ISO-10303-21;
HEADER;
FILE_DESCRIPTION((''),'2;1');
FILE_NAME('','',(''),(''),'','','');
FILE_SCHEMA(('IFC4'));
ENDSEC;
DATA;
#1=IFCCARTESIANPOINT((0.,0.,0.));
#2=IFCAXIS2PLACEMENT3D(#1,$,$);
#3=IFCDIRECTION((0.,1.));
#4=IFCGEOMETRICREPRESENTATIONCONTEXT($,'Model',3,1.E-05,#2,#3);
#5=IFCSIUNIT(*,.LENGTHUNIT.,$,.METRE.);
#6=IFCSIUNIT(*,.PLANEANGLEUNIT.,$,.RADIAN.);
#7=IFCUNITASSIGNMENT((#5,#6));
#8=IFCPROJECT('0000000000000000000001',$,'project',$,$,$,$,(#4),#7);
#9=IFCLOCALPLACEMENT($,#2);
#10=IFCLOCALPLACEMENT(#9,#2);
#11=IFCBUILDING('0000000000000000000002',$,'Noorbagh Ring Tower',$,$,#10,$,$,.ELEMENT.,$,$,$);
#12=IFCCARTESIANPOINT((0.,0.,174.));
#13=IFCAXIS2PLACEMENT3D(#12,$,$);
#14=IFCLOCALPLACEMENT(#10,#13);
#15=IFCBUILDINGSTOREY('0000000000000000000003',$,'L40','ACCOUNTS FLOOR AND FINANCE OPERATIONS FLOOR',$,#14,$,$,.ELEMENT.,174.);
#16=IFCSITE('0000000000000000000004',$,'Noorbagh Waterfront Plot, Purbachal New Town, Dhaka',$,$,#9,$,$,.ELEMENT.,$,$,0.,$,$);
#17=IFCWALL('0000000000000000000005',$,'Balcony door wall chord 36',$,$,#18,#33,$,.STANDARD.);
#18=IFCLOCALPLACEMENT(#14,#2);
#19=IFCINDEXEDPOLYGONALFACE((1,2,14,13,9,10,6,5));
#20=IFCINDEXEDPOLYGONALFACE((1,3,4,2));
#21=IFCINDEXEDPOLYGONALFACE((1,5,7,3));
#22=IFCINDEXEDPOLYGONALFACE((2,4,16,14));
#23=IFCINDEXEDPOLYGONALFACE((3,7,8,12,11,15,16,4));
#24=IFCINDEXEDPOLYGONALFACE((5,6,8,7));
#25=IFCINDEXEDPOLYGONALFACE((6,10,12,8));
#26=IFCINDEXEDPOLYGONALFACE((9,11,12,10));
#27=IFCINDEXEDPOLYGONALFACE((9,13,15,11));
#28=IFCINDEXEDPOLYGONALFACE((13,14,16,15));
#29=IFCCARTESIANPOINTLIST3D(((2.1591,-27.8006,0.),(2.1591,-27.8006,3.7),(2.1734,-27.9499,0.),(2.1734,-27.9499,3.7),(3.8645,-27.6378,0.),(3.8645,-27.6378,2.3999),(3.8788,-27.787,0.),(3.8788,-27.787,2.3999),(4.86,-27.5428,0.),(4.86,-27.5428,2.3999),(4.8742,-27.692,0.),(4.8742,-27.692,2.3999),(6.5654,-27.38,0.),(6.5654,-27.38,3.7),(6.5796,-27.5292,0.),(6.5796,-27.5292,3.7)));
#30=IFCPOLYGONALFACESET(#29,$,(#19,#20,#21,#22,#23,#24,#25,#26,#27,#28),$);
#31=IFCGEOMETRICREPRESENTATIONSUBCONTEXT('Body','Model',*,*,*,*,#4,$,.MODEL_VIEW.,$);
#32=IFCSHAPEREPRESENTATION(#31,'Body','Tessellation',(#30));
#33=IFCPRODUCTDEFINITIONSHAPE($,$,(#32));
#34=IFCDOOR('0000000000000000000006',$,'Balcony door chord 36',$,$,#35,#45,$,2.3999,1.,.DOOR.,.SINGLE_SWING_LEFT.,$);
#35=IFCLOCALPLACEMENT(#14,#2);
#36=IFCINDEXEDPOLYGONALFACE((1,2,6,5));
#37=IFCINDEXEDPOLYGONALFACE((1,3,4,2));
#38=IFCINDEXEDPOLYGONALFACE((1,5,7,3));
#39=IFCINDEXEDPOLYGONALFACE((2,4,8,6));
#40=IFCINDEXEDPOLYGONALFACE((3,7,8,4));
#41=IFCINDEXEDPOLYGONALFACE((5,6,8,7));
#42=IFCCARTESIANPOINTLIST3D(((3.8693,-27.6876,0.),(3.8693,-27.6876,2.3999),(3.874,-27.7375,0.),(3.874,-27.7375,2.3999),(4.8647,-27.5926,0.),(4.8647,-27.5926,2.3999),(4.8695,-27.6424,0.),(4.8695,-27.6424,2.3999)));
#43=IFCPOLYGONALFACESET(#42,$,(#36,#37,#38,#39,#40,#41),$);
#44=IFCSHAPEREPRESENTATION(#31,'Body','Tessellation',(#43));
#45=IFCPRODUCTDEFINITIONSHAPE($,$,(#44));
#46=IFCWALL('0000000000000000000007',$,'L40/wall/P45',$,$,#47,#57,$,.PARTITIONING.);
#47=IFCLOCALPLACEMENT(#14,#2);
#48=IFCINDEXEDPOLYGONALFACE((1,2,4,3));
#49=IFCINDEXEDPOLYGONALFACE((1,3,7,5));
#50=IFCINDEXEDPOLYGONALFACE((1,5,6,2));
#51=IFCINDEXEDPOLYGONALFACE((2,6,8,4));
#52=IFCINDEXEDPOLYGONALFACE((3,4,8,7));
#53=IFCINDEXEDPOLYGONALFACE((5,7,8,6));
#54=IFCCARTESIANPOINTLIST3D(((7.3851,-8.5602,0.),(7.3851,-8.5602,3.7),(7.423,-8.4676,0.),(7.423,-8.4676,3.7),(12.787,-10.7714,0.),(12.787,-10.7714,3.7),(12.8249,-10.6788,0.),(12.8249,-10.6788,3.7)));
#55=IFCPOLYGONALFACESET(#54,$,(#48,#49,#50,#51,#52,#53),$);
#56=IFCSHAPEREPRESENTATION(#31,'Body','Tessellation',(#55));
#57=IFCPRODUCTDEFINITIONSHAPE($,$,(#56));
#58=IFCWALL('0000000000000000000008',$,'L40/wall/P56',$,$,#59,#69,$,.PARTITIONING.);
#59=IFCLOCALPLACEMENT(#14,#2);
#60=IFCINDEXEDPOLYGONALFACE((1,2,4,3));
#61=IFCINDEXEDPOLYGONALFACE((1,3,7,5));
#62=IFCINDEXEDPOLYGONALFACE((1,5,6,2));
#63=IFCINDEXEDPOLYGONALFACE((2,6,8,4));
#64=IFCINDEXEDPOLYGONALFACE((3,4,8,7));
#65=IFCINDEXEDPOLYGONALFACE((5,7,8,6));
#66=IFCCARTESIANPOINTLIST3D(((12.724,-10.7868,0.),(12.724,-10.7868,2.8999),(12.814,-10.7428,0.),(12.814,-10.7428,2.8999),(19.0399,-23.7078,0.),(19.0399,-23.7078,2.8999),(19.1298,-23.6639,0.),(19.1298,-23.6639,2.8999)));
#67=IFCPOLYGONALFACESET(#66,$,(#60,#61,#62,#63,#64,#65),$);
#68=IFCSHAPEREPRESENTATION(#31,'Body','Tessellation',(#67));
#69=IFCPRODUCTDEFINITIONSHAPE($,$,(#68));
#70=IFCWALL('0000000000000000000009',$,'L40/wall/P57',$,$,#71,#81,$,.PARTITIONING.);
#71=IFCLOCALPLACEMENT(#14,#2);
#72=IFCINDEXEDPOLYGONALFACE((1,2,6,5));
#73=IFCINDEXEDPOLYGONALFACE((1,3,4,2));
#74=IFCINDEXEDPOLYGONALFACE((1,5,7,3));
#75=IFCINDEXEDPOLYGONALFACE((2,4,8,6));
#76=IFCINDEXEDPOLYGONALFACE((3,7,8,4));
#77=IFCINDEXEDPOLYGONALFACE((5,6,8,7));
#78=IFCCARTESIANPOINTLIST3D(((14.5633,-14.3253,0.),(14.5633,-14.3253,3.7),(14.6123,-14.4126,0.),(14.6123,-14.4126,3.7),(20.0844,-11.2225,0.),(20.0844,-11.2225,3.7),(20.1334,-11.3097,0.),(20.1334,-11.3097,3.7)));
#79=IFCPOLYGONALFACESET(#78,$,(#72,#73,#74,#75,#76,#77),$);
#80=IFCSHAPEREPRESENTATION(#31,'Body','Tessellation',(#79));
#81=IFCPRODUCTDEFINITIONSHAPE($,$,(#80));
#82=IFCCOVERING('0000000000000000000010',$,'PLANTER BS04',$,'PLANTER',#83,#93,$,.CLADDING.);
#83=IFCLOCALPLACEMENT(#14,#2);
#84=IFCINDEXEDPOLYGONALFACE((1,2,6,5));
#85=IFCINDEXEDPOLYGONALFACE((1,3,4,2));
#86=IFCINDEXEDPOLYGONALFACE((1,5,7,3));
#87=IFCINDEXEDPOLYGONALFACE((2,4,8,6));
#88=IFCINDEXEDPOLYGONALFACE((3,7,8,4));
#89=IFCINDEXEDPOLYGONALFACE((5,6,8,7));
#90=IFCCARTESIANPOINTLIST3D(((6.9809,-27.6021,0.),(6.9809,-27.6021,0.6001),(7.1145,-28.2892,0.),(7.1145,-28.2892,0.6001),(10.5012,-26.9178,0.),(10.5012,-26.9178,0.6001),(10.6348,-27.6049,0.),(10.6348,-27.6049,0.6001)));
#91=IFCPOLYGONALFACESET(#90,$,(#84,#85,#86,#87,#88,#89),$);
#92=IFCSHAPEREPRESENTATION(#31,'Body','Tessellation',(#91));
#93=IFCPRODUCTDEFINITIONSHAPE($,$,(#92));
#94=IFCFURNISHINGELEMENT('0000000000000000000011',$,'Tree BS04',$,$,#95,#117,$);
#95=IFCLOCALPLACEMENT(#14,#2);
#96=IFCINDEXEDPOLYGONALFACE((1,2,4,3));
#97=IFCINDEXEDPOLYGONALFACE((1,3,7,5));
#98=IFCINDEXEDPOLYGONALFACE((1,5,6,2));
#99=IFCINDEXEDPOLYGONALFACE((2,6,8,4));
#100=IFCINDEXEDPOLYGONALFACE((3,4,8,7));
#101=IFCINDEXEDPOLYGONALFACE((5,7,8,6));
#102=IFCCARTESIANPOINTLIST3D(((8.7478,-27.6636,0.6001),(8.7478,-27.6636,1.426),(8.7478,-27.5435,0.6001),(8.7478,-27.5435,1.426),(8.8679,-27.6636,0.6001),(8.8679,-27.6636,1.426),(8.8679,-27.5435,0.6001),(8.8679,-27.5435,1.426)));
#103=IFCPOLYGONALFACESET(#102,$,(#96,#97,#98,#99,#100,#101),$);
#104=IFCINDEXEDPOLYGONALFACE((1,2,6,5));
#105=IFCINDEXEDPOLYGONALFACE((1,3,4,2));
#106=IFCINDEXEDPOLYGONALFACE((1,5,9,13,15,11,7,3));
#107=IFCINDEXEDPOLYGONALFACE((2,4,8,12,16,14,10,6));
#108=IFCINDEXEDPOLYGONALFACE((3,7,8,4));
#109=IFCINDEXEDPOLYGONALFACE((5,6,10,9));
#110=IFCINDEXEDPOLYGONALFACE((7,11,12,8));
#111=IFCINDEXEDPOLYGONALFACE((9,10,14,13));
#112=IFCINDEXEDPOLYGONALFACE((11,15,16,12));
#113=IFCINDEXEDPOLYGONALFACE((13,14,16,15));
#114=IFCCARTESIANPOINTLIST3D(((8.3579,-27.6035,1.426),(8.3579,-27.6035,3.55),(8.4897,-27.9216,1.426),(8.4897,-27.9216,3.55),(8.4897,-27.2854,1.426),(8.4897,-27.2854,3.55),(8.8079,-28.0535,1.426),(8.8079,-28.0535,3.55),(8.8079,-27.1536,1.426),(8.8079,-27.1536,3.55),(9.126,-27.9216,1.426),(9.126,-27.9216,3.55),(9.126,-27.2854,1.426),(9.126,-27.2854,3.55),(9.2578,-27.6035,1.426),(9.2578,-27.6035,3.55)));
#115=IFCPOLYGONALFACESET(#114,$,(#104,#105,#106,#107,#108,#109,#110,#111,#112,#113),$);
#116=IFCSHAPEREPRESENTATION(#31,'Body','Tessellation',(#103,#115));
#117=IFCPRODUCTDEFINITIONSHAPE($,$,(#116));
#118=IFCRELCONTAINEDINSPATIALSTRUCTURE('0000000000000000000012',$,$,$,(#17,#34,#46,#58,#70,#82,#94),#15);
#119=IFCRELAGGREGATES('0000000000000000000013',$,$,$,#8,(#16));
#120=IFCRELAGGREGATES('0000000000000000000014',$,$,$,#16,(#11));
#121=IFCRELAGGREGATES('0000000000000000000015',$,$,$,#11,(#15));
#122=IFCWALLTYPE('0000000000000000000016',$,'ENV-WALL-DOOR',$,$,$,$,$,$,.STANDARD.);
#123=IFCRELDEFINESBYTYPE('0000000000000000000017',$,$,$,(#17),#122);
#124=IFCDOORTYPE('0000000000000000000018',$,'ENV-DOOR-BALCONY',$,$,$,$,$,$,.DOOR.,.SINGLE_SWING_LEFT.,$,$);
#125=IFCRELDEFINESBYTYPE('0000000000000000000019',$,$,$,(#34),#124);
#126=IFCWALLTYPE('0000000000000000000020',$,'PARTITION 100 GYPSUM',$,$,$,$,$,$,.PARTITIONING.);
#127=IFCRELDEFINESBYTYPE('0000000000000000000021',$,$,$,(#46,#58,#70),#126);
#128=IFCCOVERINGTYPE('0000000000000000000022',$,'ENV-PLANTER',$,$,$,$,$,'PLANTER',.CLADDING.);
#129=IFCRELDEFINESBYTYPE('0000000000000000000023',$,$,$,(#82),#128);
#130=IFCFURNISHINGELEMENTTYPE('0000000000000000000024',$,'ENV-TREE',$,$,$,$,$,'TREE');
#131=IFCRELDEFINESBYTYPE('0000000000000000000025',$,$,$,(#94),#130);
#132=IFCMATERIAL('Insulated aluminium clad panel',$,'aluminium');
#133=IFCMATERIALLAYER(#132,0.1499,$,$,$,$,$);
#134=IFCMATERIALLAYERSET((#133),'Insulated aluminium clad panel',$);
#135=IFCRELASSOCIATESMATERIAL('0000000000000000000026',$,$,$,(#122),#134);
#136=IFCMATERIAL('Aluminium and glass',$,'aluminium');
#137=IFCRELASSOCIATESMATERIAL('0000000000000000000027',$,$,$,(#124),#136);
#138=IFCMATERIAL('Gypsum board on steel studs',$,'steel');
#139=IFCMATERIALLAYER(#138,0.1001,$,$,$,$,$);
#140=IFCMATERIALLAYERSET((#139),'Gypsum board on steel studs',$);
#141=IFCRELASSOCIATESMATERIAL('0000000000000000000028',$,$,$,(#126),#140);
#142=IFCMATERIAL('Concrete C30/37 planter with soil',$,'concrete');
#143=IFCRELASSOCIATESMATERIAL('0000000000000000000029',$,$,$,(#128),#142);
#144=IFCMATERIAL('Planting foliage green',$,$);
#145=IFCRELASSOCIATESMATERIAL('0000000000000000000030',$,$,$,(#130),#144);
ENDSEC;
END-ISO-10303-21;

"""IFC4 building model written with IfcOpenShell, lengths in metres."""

from ifc_helpers import new_model, si_unit, direction, frame, frame_2d, origin, origin_2d, place, context, subcontext, project, spatial, polyline, rectangle, outline, extrude, material, layer, layer_set, type_object, element, fill, save


model = new_model("IFC4")

# Units and contexts
model_context = context("Model", 3, precision=1e-05, world=origin(), true_north=direction((0.0, 1.0)))
body_context = subcontext(model_context, "Body", "Model", "MODEL_VIEW")
ifc_project = project(units=[si_unit("LENGTHUNIT", "METRE"), si_unit("PLANEANGLEUNIT", "RADIAN")], contexts=[model_context])

# Site, building, storey
site_placement = place(None, origin())
site = spatial("IfcSite", under=ifc_project, at=site_placement, Name="Noorbagh Waterfront Plot, Purbachal New Town, Dhaka", CompositionType="ELEMENT", RefElevation=0.0)
building_placement = place(site_placement, origin())
building = spatial("IfcBuilding", under=site, at=building_placement, Name="Noorbagh Ring Tower", CompositionType="ELEMENT")
storey_placement = place(building_placement, frame((0.0, 0.0, 174.0)))
storey = spatial("IfcBuildingStorey", under=building, at=storey_placement, Name="L40", Description="ACCOUNTS FLOOR AND FINANCE OPERATIONS FLOOR", CompositionType="ELEMENT", Elevation=174.0)

# Wall, opening, door
ifc_material_1 = material(Name="Insulated aluminium clad panel", Category="aluminium")
ifc_layer_1 = layer(ifc_material_1, 0.1499)
ifc_layer_set_1 = layer_set([ifc_layer_1], Name="Insulated aluminium clad panel")
wall_type_1 = type_object("IfcWallType", Name="ENV-WALL-DOOR", PredefinedType="STANDARD", material=ifc_layer_set_1)
wall_1_placement = place(storey_placement, frame((2.1663, -27.8752, 0.0), z_axis=(0.0, 0.0, 1.0), x_axis=(0.995474, 0.095036, 0.0)))
wall_1 = element("IfcWall", 1, at=wall_1_placement, inside=storey, type_object=wall_type_1, Name="Balcony door wall chord 36", PredefinedType="STANDARD", context=body_context, shape_type="SweptSolid", body=[
    extrude(rectangle(XDim=4.4263, YDim=0.1499, at=frame_2d((2.2131, 0.0))), origin(), (0.0, 0.0, 1.0), 3.7),
])
opening_placement = place(wall_1_placement, frame((1.7131, 0.0, 0.0)))
opening = element("IfcOpeningElement", 2, at=opening_placement, cuts=wall_1, PredefinedType="OPENING", context=body_context, shape_type="SweptSolid", body=[
    extrude(rectangle(XDim=1.0, YDim=2.3999, at=frame_2d((0.5, 1.2))), frame((0.0, 0.085, 0.0), z_axis=(0.0, -1.0, 0.0), x_axis=(1.0, 0.0, 0.0)), (0.0, 0.0, 1.0), 0.1699),
])
ifc_material_2 = material(Name="Aluminium and glass", Category="aluminium")
door_type = type_object("IfcDoorType", Name="ENV-DOOR-BALCONY", OperationType="SINGLE_SWING_LEFT", PredefinedType="DOOR", material=ifc_material_2)
door_placement = place(opening_placement, origin())
door = element("IfcDoor", 3, at=door_placement, inside=storey, type_object=door_type, Name="Balcony door chord 36", OperationType="SINGLE_SWING_LEFT", OverallHeight=2.3999, OverallWidth=1.0, PredefinedType="DOOR", context=body_context, shape_type="SweptSolid", body=[
    extrude(rectangle(XDim=1.0, YDim=2.3999, at=frame_2d((0.5, 1.2))), frame((0.0, 0.0249, 0.0), z_axis=(0.0, -1.0, 0.0), x_axis=(1.0, 0.0, 0.0)), (0.0, 0.0, 1.0), 0.05),
])
fill(opening, door)

# Walls
ifc_material_3 = material(Name="Gypsum board on steel studs", Category="steel")
ifc_layer_2 = layer(ifc_material_3, 0.1001)
ifc_layer_set_2 = layer_set([ifc_layer_2], Name="Gypsum board on steel studs")
wall_type_2 = type_object("IfcWallType", Name="PARTITION 100 GYPSUM", PredefinedType="PARTITIONING", material=ifc_layer_set_2)
wall_2_placement = place(storey_placement, frame((7.4041, -8.5139, 0.0), z_axis=(0.0, 0.0, 1.0), x_axis=(0.925467, -0.378828, 0.0)))
element("IfcWall", 4, at=wall_2_placement, inside=storey, type_object=wall_type_2, Name="L40/wall/P45", PredefinedType="PARTITIONING", context=body_context, shape_type="SweptSolid", body=[
    extrude(rectangle(XDim=5.8369, YDim=0.1001, at=frame_2d((2.9185, 0.0))), origin(), (0.0, 0.0, 1.0), 3.7),
])
wall_3_placement = place(storey_placement, frame((12.769, -10.7649, 0.0), z_axis=(0.0, 0.0, 1.0), x_axis=(0.439149, -0.898414, 0.0)))
element("IfcWall", 5, at=wall_3_placement, inside=storey, type_object=wall_type_2, Name="L40/wall/P56", PredefinedType="PARTITIONING", context=body_context, shape_type="SweptSolid", body=[
    extrude(rectangle(XDim=14.3821, YDim=0.1001, at=frame_2d((7.1909, 0.0))), origin(), (0.0, 0.0, 1.0), 2.8999),
])
wall_4_placement = place(storey_placement, frame((14.5879, -14.3689, 0.0), z_axis=(0.0, 0.0, 1.0), x_axis=(0.871763, 0.489928, 0.0)))
element("IfcWall", 6, at=wall_4_placement, inside=storey, type_object=wall_type_2, Name="L40/wall/P57", PredefinedType="PARTITIONING", context=body_context, shape_type="SweptSolid", body=[
    extrude(rectangle(XDim=6.3333, YDim=0.1001, at=frame_2d((3.1665, 0.0))), origin(), (0.0, 0.0, 1.0), 3.7),
])

# Covering
ifc_material_4 = material(Name="Concrete C30/37 planter with soil", Category="concrete")
covering_type = type_object("IfcCoveringType", Name="ENV-PLANTER", ElementType="PLANTER", PredefinedType="CLADDING", material=ifc_material_4)
covering_placement = place(storey_placement, frame((8.8079, -27.6035, 0.0), z_axis=(0.0, 0.0, 1.0), x_axis=(0.981625, 0.19082, 0.0)))
element("IfcCovering", 7, at=covering_placement, inside=storey, type_object=covering_type, Name="PLANTER BS04", ObjectType="PLANTER", PredefinedType="CLADDING", context=body_context, shape_type="SweptSolid", body=[
    extrude(rectangle(XDim=3.5862, YDim=0.7, at=origin_2d()), origin(), (0.0, 0.0, 1.0), 0.6001),
])

# Furnishing element
ifc_material_5 = material(Name="Planting foliage green")
furnishing_element_type = type_object("IfcFurnishingElementType", Name="ENV-TREE", ElementType="TREE", material=ifc_material_5)
furnishing_placement = place(storey_placement, frame((8.8079, -27.6035, 0.6001), z_axis=(0.0, 0.0, 1.0), x_axis=(1.0, 0.0, 0.0)))
element("IfcFurnishingElement", 8, at=furnishing_placement, inside=storey, type_object=furnishing_element_type, Name="Tree BS04", context=body_context, shape_type="SweptSolid", body=[
    extrude(rectangle(XDim=0.1201, YDim=0.1201, at=origin_2d()), origin(), (0.0, 0.0, 1.0), 0.8259),
    extrude(outline(polyline([(0.45, 0.0), (0.3181, 0.3181), (0.0, 0.45), (-0.3181, 0.3181), (-0.45, 0.0), (-0.3181, -0.3181), (0.0, -0.45), (0.3181, -0.3181), (0.45, 0.0)])), frame((0.0, 0.0, 0.8259)), (0.0, 0.0, 1.0), 2.124),
])

save(model, "model.ifc")
